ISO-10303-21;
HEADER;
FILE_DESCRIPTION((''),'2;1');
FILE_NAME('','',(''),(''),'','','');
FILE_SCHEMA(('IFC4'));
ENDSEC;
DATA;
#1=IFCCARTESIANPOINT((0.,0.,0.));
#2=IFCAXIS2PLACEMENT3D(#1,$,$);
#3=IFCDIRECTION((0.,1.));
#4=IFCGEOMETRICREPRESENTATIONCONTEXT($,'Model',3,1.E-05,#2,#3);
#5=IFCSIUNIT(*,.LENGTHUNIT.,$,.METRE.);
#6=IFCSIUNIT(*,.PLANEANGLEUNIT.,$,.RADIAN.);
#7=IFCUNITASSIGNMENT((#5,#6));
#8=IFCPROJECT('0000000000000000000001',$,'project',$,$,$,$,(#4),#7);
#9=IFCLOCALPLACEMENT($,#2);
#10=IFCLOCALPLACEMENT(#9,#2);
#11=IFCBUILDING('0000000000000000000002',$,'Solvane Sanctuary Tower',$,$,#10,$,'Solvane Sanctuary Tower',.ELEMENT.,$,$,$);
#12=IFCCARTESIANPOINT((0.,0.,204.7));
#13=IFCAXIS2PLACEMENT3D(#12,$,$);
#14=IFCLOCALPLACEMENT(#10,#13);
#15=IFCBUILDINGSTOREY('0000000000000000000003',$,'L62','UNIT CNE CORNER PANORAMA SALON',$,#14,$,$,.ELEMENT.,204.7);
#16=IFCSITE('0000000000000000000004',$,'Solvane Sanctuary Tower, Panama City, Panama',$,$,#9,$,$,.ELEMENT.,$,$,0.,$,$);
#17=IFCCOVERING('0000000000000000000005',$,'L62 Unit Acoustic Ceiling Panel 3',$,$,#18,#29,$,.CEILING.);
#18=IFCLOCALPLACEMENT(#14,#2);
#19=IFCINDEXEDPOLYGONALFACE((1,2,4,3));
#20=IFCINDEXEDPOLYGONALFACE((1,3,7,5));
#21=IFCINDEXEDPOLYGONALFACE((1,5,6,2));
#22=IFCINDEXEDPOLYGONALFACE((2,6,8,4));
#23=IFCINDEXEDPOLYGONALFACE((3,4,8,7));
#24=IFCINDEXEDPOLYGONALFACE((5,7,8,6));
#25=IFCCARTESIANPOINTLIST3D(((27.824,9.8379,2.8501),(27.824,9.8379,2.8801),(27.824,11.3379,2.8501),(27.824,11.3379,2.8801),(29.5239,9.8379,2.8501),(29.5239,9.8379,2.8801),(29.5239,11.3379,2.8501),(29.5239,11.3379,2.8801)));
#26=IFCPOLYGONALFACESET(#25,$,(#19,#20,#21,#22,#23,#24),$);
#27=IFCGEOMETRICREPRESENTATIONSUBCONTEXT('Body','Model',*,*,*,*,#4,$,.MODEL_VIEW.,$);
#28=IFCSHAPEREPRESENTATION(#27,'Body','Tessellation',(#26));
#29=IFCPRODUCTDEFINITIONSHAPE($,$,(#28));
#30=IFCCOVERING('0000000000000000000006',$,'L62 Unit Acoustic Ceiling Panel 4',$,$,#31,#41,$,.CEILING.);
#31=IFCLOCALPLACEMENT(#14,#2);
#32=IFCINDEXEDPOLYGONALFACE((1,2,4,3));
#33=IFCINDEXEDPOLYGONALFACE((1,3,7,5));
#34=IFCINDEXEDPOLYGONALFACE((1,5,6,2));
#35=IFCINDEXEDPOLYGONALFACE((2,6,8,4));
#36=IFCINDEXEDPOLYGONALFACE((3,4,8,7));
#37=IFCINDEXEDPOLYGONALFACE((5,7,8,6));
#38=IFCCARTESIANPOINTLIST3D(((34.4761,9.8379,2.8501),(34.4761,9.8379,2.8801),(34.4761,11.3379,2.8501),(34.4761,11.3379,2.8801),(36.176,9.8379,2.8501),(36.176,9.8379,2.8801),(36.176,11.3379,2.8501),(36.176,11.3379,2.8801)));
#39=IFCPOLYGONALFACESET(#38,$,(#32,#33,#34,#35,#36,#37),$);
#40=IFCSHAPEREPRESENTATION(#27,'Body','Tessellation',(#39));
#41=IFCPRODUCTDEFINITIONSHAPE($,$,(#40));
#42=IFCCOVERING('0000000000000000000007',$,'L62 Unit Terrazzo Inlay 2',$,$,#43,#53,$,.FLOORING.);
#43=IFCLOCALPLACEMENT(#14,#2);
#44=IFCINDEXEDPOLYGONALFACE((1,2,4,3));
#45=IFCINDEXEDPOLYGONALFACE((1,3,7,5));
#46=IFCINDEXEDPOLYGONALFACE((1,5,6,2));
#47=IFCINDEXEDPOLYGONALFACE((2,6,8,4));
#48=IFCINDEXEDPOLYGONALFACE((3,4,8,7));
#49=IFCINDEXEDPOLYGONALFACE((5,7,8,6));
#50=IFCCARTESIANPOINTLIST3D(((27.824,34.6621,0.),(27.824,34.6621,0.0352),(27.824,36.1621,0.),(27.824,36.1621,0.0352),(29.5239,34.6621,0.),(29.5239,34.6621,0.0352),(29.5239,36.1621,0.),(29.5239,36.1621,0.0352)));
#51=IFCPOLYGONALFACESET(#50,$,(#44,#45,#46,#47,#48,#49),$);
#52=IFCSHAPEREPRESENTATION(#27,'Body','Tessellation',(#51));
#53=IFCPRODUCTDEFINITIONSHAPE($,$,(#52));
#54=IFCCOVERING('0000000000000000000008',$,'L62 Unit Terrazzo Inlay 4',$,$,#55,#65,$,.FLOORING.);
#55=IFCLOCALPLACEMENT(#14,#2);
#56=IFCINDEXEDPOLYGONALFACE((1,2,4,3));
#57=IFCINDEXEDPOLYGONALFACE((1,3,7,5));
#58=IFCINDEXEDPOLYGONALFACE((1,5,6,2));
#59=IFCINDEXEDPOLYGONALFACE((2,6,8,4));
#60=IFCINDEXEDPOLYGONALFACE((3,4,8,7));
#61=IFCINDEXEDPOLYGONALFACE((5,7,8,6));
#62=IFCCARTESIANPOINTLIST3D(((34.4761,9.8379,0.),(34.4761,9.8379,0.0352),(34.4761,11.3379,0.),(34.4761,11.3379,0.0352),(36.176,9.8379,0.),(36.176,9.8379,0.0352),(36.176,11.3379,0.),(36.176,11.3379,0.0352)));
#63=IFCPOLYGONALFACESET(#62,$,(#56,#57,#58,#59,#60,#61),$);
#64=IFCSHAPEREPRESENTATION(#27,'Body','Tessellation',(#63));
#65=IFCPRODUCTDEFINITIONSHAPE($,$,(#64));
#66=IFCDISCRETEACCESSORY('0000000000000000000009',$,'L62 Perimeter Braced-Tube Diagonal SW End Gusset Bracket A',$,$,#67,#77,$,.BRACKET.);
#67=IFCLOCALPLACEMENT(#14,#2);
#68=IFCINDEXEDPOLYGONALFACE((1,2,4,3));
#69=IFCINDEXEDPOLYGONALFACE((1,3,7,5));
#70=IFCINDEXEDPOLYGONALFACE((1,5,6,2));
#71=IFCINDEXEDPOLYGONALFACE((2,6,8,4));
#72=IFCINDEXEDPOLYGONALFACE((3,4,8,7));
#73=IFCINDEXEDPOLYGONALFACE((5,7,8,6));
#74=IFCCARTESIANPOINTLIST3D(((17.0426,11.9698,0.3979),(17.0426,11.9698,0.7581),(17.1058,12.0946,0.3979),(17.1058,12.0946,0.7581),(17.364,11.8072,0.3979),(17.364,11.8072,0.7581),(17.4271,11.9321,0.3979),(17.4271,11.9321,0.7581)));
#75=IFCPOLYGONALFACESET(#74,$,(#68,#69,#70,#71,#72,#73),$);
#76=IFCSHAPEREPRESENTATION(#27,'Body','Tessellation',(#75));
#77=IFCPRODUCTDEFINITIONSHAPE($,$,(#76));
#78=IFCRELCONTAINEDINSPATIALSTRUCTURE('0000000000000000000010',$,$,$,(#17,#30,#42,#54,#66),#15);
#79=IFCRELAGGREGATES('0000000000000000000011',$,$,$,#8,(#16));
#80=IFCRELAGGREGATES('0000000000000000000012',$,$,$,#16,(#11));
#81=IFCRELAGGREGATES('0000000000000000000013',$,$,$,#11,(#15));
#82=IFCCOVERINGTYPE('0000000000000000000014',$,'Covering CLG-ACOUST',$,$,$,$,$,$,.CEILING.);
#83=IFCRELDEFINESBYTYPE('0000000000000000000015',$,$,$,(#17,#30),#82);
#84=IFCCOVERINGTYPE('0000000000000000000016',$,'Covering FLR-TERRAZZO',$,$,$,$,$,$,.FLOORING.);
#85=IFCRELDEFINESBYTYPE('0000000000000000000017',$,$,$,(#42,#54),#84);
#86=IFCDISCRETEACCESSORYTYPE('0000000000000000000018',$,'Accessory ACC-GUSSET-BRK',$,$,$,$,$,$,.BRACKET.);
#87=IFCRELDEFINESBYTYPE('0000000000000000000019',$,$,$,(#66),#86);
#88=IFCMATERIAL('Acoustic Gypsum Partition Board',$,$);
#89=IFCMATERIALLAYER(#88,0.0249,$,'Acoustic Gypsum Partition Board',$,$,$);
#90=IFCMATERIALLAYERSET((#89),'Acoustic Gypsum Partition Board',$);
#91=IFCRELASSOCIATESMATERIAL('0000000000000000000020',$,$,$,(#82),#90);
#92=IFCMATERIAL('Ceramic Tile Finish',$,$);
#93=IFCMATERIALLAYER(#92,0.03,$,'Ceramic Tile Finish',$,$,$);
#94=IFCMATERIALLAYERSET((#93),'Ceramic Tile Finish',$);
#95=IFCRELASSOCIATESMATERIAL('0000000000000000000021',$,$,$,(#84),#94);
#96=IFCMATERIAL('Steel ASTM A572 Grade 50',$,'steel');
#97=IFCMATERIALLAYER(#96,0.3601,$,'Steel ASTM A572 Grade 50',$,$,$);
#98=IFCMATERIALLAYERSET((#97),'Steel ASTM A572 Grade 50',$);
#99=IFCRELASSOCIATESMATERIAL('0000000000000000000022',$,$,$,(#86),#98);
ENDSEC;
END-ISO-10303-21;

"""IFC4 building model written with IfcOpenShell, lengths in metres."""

from ifc_helpers import new_model, si_unit, direction, frame, origin, origin_2d, place, context, subcontext, project, spatial, polyline, rectangle, outline, extrude, material, layer, layer_set, type_object, element, save


model = new_model("IFC4")

# Units and contexts
model_context = context("Model", 3, precision=1e-05, world=origin(), true_north=direction((0.0, 1.0)))
body_context = subcontext(model_context, "Body", "Model", "MODEL_VIEW")
ifc_project = project(units=[si_unit("LENGTHUNIT", "METRE"), si_unit("PLANEANGLEUNIT", "RADIAN")], contexts=[model_context])

# Site, building, storey
site_placement = place(None, origin())
site = spatial("IfcSite", under=ifc_project, at=site_placement, Name="Solvane Sanctuary Tower, Panama City, Panama", CompositionType="ELEMENT", RefElevation=0.0)
building_placement = place(site_placement, origin())
building = spatial("IfcBuilding", under=site, at=building_placement, Name="Solvane Sanctuary Tower", LongName="Solvane Sanctuary Tower", CompositionType="ELEMENT")
storey_placement = place(building_placement, frame((0.0, 0.0, 204.7)))
storey = spatial("IfcBuildingStorey", under=building, at=storey_placement, Name="L62", Description="UNIT CNE CORNER PANORAMA SALON", CompositionType="ELEMENT", Elevation=204.7)

# Shared definitions
ifc_material_1 = material(Name="Acoustic Gypsum Partition Board")

# Coverings
ifc_layer_1 = layer(ifc_material_1, 0.0249, Name="Acoustic Gypsum Partition Board")
ifc_layer_set_1 = layer_set([ifc_layer_1], Name="Acoustic Gypsum Partition Board")
covering_type_1 = type_object("IfcCoveringType", Name="Covering CLG-ACOUST", PredefinedType="CEILING", material=ifc_layer_set_1)
covering_1_placement = place(storey_placement, frame((0.0, 0.0, 2.8501)))
element("IfcCovering", 1, at=covering_1_placement, inside=storey, type_object=covering_type_1, Name="L62 Unit Acoustic Ceiling Panel 3", PredefinedType="CEILING", context=body_context, shape_type="SweptSolid", body=[
    extrude(outline(polyline([(27.824, 9.8379), (29.5239, 9.8379), (29.5239, 11.3379), (27.824, 11.3379), (27.824, 9.8379)])), origin(), (0.0, 0.0, 1.0), 0.03),
])
covering_2_placement = place(storey_placement, frame((0.0, 0.0, 2.8501)))
element("IfcCovering", 2, at=covering_2_placement, inside=storey, type_object=covering_type_1, Name="L62 Unit Acoustic Ceiling Panel 4", PredefinedType="CEILING", context=body_context, shape_type="SweptSolid", body=[
    extrude(outline(polyline([(34.4761, 9.8379), (36.176, 9.8379), (36.176, 11.3379), (34.4761, 11.3379), (34.4761, 9.8379)])), origin(), (0.0, 0.0, 1.0), 0.03),
])
ifc_material_2 = material(Name="Ceramic Tile Finish")
ifc_layer_2 = layer(ifc_material_2, 0.03, Name="Ceramic Tile Finish")
ifc_layer_set_2 = layer_set([ifc_layer_2], Name="Ceramic Tile Finish")
covering_type_2 = type_object("IfcCoveringType", Name="Covering FLR-TERRAZZO", PredefinedType="FLOORING", material=ifc_layer_set_2)
covering_3_placement = place(storey_placement, origin())
element("IfcCovering", 3, at=covering_3_placement, inside=storey, type_object=covering_type_2, Name="L62 Unit Terrazzo Inlay 2", PredefinedType="FLOORING", context=body_context, shape_type="SweptSolid", body=[
    extrude(outline(polyline([(27.824, 34.6621), (29.5239, 34.6621), (29.5239, 36.1621), (27.824, 36.1621), (27.824, 34.6621)])), origin(), (0.0, 0.0, 1.0), 0.0352),
])
covering_4_placement = place(storey_placement, origin())
element("IfcCovering", 4, at=covering_4_placement, inside=storey, type_object=covering_type_2, Name="L62 Unit Terrazzo Inlay 4", PredefinedType="FLOORING", context=body_context, shape_type="SweptSolid", body=[
    extrude(outline(polyline([(34.4761, 9.8379), (36.176, 9.8379), (36.176, 11.3379), (34.4761, 11.3379), (34.4761, 9.8379)])), origin(), (0.0, 0.0, 1.0), 0.0352),
])

# Discrete accessory
ifc_material_3 = material(Name="Steel ASTM A572 Grade 50", Category="steel")
ifc_layer_3 = layer(ifc_material_3, 0.3601, Name="Steel ASTM A572 Grade 50")
ifc_layer_set_3 = layer_set([ifc_layer_3], Name="Steel ASTM A572 Grade 50")
discrete_accessory_type = type_object("IfcDiscreteAccessoryType", Name="Accessory ACC-GUSSET-BRK", PredefinedType="BRACKET", material=ifc_layer_set_3)
discrete_accessory_placement = place(storey_placement, frame((17.2349, 11.9509, 0.3979), z_axis=(0.0, 0.0, 1.0), x_axis=(0.89235, -0.451345, 0.0)))
element("IfcDiscreteAccessory", 5, at=discrete_accessory_placement, inside=storey, type_object=discrete_accessory_type, Name="L62 Perimeter Braced-Tube Diagonal SW End Gusset Bracket A", PredefinedType="BRACKET", context=body_context, shape_type="SweptSolid", body=[
    extrude(rectangle(XDim=0.3601, YDim=0.1399, at=origin_2d()), origin(), (0.0, 0.0, 1.0), 0.3601),
])

save(model, "model.ifc")
